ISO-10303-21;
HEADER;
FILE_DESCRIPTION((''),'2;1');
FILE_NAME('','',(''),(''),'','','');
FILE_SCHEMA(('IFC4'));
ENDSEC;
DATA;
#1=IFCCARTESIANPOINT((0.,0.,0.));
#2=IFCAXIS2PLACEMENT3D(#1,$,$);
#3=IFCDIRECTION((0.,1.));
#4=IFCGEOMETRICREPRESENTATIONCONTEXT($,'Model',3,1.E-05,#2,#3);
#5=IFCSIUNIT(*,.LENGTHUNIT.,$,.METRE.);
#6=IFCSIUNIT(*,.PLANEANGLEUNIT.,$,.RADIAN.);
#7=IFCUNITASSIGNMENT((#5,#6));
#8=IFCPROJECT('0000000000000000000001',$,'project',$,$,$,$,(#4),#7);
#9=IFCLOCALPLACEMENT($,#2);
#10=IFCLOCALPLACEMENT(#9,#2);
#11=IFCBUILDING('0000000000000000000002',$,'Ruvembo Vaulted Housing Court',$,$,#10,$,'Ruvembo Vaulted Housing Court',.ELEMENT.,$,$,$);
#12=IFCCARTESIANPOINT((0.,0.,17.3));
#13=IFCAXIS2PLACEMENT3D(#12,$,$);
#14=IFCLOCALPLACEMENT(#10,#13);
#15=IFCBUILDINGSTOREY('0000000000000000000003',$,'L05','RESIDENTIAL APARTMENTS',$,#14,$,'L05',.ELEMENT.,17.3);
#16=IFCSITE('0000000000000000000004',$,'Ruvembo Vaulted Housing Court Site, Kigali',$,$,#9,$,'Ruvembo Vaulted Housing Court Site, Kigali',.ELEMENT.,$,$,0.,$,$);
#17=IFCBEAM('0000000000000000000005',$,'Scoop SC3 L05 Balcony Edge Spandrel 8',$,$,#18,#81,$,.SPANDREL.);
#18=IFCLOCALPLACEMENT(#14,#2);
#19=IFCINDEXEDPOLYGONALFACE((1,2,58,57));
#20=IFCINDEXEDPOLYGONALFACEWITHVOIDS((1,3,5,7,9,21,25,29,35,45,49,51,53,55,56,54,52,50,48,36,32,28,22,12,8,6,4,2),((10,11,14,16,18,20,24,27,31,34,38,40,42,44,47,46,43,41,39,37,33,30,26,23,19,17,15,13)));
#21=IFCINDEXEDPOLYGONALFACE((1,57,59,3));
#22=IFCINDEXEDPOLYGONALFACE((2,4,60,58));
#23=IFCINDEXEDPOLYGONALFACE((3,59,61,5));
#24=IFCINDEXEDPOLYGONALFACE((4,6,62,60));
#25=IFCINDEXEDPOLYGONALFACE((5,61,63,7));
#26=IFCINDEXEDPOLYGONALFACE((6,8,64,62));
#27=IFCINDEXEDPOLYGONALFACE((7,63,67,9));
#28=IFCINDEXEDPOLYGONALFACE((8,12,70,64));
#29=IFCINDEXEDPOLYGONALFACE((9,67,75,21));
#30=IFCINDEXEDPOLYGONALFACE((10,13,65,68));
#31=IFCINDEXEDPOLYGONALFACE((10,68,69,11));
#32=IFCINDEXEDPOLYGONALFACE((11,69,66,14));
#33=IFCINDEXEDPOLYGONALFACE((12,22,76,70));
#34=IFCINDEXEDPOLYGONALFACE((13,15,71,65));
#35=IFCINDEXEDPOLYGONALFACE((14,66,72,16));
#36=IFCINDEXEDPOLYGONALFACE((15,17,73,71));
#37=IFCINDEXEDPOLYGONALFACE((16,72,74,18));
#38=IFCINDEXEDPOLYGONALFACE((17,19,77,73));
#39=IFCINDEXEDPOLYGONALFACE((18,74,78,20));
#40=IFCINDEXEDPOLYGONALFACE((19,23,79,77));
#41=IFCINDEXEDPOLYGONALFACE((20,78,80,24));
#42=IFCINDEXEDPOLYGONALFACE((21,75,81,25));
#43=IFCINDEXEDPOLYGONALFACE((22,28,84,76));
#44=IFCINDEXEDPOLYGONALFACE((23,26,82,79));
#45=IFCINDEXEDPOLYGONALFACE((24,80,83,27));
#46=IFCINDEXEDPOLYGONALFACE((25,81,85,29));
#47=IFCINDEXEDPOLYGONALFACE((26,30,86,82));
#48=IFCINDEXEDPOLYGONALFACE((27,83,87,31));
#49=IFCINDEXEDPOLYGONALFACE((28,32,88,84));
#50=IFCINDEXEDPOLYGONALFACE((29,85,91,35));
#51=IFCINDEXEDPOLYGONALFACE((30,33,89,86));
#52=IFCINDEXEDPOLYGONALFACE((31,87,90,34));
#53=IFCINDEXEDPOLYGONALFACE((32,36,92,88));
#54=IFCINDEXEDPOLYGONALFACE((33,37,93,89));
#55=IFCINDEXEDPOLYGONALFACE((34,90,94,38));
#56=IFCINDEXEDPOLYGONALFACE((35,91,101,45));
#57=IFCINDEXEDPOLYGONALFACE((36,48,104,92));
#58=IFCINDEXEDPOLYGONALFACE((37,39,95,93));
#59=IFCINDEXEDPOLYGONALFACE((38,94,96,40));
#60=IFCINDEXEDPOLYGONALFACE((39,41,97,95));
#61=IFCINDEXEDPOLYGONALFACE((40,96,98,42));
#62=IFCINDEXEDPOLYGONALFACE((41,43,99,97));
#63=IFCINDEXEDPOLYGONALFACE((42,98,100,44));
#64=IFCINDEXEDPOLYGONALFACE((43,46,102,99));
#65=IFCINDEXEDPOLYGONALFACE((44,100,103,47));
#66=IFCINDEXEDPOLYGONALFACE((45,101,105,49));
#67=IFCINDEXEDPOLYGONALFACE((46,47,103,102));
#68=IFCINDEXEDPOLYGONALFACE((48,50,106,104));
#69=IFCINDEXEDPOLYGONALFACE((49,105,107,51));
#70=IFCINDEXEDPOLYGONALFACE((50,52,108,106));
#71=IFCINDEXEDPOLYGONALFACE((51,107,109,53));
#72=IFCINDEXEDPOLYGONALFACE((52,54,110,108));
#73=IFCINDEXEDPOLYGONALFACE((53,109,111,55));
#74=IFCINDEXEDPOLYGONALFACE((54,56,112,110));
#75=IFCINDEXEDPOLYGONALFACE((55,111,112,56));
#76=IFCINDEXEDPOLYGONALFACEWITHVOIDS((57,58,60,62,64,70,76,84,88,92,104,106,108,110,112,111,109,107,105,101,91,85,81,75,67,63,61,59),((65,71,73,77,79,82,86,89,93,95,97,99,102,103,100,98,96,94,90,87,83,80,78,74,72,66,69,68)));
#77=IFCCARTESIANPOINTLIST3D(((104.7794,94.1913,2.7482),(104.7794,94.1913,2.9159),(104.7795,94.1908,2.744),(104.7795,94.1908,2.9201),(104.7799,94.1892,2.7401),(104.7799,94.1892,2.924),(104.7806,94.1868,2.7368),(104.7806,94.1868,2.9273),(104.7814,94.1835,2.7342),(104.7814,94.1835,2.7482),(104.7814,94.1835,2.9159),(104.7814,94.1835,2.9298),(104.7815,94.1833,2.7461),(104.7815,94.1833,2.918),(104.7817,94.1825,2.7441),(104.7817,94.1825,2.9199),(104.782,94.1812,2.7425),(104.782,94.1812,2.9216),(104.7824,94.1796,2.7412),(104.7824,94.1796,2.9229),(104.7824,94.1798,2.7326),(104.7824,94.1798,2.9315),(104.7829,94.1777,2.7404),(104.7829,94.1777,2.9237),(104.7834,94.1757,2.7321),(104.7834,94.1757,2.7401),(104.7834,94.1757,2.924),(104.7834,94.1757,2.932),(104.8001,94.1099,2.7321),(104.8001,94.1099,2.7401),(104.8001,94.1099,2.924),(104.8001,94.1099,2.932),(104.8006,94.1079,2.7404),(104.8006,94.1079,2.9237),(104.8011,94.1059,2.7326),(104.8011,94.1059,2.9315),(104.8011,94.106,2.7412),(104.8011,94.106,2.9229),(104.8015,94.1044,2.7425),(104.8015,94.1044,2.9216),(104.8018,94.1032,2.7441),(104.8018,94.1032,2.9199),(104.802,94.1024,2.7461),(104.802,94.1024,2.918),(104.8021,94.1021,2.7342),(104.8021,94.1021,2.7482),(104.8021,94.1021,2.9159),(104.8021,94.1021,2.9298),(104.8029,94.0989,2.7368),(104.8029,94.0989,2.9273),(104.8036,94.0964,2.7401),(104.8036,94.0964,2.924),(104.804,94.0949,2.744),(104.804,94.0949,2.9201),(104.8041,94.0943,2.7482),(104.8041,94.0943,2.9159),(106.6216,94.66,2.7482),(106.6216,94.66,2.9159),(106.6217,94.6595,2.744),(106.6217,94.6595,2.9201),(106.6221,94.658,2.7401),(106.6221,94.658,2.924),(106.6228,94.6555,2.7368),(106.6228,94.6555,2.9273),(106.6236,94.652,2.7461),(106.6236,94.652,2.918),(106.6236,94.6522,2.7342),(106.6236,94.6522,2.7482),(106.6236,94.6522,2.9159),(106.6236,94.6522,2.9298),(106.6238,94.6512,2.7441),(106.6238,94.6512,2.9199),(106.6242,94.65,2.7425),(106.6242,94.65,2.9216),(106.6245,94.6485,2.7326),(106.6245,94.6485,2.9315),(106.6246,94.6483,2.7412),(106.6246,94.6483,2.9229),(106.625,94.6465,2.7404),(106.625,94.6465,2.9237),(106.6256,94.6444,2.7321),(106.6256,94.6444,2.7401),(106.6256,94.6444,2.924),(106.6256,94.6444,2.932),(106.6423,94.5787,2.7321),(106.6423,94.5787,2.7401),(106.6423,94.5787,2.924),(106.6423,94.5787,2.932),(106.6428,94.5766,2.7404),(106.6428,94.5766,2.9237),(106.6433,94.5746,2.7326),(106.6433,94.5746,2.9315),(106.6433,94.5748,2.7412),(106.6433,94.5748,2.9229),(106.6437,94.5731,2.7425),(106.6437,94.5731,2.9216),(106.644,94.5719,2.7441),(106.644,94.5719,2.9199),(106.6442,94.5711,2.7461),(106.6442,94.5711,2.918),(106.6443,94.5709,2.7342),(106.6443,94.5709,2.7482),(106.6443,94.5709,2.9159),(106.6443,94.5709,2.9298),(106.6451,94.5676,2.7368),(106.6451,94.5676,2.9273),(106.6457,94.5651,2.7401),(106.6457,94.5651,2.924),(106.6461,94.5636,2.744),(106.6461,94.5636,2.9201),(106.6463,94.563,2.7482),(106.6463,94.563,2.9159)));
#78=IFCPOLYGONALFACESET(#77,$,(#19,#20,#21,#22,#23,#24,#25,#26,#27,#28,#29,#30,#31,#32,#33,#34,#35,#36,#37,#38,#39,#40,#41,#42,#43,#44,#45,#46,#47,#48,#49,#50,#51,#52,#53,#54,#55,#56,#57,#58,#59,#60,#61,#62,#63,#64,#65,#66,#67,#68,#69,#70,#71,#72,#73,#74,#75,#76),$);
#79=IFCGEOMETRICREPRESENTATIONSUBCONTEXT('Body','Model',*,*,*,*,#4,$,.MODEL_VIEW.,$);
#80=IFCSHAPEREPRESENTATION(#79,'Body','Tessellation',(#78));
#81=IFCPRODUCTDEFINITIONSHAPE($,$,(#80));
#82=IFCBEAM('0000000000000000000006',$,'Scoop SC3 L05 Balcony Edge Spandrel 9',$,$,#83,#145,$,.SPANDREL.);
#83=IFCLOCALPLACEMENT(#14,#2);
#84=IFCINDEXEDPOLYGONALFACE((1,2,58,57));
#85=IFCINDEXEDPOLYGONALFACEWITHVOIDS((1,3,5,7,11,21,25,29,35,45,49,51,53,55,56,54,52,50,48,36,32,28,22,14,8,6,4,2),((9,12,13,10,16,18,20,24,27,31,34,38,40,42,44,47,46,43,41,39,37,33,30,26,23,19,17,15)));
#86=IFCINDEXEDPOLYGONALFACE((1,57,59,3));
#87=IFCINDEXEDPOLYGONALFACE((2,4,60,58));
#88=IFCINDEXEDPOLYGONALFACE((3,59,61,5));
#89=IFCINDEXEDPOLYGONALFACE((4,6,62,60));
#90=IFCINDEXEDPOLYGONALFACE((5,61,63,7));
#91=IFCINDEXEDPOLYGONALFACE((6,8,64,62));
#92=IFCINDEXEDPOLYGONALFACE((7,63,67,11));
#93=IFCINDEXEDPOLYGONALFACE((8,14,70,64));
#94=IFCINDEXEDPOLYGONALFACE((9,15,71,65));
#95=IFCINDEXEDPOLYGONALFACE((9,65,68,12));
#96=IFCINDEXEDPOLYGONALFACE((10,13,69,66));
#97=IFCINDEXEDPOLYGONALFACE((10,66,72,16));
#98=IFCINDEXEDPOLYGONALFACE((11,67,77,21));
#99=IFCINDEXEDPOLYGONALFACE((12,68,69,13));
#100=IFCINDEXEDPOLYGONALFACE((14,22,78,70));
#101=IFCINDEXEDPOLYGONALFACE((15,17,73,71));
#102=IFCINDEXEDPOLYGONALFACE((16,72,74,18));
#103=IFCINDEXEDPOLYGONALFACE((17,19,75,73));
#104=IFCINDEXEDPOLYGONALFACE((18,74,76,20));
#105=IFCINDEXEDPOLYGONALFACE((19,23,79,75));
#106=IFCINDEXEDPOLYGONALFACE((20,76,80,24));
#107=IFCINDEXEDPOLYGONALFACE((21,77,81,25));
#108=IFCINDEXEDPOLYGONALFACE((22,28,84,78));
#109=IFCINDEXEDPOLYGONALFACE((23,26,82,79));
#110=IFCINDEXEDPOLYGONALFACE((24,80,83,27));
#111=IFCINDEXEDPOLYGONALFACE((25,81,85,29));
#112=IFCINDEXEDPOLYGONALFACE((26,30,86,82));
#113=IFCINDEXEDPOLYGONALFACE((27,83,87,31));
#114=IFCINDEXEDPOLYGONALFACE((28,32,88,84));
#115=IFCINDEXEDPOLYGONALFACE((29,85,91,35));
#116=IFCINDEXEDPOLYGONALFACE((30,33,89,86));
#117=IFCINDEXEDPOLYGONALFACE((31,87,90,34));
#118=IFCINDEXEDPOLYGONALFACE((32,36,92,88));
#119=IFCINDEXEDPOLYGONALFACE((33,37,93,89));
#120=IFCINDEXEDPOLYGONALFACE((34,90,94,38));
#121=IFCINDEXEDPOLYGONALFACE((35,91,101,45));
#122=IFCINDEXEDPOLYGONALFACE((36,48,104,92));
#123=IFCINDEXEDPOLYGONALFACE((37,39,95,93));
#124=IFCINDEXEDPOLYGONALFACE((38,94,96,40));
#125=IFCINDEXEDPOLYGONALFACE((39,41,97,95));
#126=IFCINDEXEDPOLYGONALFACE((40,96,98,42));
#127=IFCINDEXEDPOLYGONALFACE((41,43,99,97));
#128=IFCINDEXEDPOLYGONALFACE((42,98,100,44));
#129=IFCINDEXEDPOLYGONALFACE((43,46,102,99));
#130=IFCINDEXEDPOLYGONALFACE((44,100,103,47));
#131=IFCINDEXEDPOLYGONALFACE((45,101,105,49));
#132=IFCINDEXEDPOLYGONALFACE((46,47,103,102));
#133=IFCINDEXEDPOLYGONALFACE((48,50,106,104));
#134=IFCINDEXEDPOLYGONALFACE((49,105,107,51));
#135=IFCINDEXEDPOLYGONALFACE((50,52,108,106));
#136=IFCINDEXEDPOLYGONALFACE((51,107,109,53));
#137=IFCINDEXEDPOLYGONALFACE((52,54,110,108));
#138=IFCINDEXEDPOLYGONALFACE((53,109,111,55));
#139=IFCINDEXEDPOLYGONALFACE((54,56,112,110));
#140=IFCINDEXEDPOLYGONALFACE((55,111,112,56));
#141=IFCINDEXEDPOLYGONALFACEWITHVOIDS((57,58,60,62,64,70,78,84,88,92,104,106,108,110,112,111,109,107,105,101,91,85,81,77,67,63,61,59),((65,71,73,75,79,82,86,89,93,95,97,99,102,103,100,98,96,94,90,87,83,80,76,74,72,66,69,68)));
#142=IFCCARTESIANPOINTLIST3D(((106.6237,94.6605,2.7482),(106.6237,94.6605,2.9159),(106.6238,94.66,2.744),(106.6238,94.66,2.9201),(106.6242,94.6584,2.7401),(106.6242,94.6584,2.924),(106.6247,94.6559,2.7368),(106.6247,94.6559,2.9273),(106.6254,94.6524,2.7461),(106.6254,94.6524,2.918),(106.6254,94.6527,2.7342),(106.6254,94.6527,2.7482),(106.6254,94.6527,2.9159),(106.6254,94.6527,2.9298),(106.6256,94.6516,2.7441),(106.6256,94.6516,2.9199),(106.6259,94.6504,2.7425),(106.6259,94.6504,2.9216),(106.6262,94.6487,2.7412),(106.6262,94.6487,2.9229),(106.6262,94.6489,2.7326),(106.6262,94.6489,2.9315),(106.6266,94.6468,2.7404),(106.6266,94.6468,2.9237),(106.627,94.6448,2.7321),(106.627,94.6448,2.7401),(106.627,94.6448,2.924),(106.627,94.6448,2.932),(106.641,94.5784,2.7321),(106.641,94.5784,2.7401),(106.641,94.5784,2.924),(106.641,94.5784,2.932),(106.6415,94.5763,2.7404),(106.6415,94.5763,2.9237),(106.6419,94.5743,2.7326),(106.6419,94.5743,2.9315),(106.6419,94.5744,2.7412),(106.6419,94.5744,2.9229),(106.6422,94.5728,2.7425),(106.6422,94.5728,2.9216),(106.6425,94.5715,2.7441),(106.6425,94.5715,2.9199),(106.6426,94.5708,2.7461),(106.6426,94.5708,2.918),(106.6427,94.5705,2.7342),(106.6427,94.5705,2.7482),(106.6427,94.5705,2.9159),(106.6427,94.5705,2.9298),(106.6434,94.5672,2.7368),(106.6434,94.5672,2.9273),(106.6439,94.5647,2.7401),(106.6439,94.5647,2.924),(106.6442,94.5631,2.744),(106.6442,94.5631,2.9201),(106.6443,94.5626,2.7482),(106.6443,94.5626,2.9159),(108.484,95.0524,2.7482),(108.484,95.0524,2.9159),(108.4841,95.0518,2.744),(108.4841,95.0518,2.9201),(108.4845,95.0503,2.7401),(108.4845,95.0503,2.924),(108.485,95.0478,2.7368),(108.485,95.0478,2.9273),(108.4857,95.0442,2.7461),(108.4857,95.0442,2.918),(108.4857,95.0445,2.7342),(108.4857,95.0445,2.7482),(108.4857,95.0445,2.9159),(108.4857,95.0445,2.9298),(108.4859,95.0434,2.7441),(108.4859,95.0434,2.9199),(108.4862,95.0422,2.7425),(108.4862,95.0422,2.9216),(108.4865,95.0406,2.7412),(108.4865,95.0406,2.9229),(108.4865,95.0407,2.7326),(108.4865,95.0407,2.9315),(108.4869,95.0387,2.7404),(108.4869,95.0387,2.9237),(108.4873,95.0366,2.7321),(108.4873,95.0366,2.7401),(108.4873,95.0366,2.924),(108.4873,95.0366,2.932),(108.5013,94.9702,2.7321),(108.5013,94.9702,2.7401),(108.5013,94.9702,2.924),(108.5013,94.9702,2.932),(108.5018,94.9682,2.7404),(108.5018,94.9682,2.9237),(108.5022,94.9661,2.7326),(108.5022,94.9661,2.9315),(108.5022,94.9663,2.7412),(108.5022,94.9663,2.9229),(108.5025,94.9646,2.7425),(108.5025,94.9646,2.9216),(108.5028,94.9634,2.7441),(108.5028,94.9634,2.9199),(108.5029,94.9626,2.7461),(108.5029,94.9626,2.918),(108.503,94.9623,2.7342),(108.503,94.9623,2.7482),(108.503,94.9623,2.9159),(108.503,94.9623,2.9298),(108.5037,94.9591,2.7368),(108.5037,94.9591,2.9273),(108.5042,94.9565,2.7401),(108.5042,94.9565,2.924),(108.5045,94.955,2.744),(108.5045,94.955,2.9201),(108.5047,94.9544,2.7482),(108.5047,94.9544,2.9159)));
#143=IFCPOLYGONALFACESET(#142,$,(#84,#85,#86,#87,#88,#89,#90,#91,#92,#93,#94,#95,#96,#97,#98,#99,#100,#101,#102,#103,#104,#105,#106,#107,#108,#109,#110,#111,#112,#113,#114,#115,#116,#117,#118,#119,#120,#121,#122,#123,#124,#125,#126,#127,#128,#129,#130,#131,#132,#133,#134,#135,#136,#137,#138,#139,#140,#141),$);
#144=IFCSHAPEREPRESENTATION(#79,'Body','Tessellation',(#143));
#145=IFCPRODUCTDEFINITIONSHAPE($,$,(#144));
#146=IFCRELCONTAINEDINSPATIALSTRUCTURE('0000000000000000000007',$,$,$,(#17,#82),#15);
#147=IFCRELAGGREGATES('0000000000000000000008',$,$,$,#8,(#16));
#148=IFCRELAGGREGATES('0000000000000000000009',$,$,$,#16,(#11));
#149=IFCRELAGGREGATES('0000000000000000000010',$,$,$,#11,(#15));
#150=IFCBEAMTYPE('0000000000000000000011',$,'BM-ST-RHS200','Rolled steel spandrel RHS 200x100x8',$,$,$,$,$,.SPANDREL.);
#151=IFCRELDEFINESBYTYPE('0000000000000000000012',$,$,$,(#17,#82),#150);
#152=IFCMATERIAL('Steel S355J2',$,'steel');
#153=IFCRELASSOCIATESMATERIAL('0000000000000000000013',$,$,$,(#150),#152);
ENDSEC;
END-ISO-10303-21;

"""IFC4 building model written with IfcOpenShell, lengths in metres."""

from ifc_helpers import new_model, si_unit, direction, frame, origin, origin_2d, place, context, subcontext, project, spatial, hollow_rectangle, extrude, material, material_profile, profile_set, type_object, element, save


model = new_model("IFC4")

# Units and contexts
model_context = context("Model", 3, precision=1e-05, world=origin(), true_north=direction((0.0, 1.0)))
body_context = subcontext(model_context, "Body", "Model", "MODEL_VIEW")
ifc_project = project(units=[si_unit("LENGTHUNIT", "METRE"), si_unit("PLANEANGLEUNIT", "RADIAN")], contexts=[model_context])

# Site, building, storey
site_placement = place(None, origin())
site = spatial("IfcSite", under=ifc_project, at=site_placement, Name="Ruvembo Vaulted Housing Court Site, Kigali", LongName="Ruvembo Vaulted Housing Court Site, Kigali", CompositionType="ELEMENT", RefElevation=0.0)
building_placement = place(site_placement, origin())
building = spatial("IfcBuilding", under=site, at=building_placement, Name="Ruvembo Vaulted Housing Court", LongName="Ruvembo Vaulted Housing Court", CompositionType="ELEMENT")
storey_placement = place(building_placement, frame((0.0, 0.0, 17.3)))
storey = spatial("IfcBuildingStorey", under=building, at=storey_placement, Name="L05", Description="RESIDENTIAL APARTMENTS", LongName="L05", CompositionType="ELEMENT", Elevation=17.3)

# Beams
ifc_material_1 = material(Name="Steel S355J2", Category="steel")
ifc_material_profile_1 = material_profile(ifc_material_1, hollow_rectangle(XDim=0.1001, YDim=0.2, WallThickness=0.0081, InnerFilletRadius=0.0081, OuterFilletRadius=0.0161, at=origin_2d()), Name="RHS 200x100x8")
ifc_profile_set_1 = profile_set([ifc_material_profile_1], Name="Steel S355J2")
beam_type = type_object("IfcBeamType", Name="BM-ST-RHS200", Description="Rolled steel spandrel RHS 200x100x8", PredefinedType="SPANDREL", material=ifc_profile_set_1)
for number, where, z_axis, x_axis, name in (
    (1, (104.7917, 94.1428, 2.832), (0.969122, 0.246583, 0.0), (-0.246583, 0.969122, 0.0), "Scoop SC3 L05 Balcony Edge Spandrel 8"),
):
    element("IfcBeam", number, at=place(storey_placement, frame(where, z_axis=z_axis, x_axis=x_axis)), inside=storey, type_object=beam_type, Name=name, PredefinedType="SPANDREL", context=body_context, shape_type="SweptSolid", body=[
        extrude(hollow_rectangle(XDim=0.1001, YDim=0.2, WallThickness=0.0081, InnerFilletRadius=0.0081, OuterFilletRadius=0.0161, at=origin_2d()), origin(), (0.0, 0.0, 1.0), 1.9009),
    ])
beam_1_placement = place(storey_placement, frame((106.634, 94.6116, 2.832), z_axis=(0.978529, 0.206108, 0.0), x_axis=(-0.206108, 0.978529, 0.0)))
element("IfcBeam", 2, at=beam_1_placement, inside=storey, type_object=beam_type, Name="Scoop SC3 L05 Balcony Edge Spandrel 9", PredefinedType="SPANDREL", context=body_context, shape_type="SweptSolid", body=[
    extrude(hollow_rectangle(XDim=0.1001, YDim=0.2, WallThickness=0.0081, InnerFilletRadius=0.0081, OuterFilletRadius=0.0161, at=origin_2d()), origin(), (0.0, 0.0, 1.0), 1.9011),
])

save(model, "model.ifc")
